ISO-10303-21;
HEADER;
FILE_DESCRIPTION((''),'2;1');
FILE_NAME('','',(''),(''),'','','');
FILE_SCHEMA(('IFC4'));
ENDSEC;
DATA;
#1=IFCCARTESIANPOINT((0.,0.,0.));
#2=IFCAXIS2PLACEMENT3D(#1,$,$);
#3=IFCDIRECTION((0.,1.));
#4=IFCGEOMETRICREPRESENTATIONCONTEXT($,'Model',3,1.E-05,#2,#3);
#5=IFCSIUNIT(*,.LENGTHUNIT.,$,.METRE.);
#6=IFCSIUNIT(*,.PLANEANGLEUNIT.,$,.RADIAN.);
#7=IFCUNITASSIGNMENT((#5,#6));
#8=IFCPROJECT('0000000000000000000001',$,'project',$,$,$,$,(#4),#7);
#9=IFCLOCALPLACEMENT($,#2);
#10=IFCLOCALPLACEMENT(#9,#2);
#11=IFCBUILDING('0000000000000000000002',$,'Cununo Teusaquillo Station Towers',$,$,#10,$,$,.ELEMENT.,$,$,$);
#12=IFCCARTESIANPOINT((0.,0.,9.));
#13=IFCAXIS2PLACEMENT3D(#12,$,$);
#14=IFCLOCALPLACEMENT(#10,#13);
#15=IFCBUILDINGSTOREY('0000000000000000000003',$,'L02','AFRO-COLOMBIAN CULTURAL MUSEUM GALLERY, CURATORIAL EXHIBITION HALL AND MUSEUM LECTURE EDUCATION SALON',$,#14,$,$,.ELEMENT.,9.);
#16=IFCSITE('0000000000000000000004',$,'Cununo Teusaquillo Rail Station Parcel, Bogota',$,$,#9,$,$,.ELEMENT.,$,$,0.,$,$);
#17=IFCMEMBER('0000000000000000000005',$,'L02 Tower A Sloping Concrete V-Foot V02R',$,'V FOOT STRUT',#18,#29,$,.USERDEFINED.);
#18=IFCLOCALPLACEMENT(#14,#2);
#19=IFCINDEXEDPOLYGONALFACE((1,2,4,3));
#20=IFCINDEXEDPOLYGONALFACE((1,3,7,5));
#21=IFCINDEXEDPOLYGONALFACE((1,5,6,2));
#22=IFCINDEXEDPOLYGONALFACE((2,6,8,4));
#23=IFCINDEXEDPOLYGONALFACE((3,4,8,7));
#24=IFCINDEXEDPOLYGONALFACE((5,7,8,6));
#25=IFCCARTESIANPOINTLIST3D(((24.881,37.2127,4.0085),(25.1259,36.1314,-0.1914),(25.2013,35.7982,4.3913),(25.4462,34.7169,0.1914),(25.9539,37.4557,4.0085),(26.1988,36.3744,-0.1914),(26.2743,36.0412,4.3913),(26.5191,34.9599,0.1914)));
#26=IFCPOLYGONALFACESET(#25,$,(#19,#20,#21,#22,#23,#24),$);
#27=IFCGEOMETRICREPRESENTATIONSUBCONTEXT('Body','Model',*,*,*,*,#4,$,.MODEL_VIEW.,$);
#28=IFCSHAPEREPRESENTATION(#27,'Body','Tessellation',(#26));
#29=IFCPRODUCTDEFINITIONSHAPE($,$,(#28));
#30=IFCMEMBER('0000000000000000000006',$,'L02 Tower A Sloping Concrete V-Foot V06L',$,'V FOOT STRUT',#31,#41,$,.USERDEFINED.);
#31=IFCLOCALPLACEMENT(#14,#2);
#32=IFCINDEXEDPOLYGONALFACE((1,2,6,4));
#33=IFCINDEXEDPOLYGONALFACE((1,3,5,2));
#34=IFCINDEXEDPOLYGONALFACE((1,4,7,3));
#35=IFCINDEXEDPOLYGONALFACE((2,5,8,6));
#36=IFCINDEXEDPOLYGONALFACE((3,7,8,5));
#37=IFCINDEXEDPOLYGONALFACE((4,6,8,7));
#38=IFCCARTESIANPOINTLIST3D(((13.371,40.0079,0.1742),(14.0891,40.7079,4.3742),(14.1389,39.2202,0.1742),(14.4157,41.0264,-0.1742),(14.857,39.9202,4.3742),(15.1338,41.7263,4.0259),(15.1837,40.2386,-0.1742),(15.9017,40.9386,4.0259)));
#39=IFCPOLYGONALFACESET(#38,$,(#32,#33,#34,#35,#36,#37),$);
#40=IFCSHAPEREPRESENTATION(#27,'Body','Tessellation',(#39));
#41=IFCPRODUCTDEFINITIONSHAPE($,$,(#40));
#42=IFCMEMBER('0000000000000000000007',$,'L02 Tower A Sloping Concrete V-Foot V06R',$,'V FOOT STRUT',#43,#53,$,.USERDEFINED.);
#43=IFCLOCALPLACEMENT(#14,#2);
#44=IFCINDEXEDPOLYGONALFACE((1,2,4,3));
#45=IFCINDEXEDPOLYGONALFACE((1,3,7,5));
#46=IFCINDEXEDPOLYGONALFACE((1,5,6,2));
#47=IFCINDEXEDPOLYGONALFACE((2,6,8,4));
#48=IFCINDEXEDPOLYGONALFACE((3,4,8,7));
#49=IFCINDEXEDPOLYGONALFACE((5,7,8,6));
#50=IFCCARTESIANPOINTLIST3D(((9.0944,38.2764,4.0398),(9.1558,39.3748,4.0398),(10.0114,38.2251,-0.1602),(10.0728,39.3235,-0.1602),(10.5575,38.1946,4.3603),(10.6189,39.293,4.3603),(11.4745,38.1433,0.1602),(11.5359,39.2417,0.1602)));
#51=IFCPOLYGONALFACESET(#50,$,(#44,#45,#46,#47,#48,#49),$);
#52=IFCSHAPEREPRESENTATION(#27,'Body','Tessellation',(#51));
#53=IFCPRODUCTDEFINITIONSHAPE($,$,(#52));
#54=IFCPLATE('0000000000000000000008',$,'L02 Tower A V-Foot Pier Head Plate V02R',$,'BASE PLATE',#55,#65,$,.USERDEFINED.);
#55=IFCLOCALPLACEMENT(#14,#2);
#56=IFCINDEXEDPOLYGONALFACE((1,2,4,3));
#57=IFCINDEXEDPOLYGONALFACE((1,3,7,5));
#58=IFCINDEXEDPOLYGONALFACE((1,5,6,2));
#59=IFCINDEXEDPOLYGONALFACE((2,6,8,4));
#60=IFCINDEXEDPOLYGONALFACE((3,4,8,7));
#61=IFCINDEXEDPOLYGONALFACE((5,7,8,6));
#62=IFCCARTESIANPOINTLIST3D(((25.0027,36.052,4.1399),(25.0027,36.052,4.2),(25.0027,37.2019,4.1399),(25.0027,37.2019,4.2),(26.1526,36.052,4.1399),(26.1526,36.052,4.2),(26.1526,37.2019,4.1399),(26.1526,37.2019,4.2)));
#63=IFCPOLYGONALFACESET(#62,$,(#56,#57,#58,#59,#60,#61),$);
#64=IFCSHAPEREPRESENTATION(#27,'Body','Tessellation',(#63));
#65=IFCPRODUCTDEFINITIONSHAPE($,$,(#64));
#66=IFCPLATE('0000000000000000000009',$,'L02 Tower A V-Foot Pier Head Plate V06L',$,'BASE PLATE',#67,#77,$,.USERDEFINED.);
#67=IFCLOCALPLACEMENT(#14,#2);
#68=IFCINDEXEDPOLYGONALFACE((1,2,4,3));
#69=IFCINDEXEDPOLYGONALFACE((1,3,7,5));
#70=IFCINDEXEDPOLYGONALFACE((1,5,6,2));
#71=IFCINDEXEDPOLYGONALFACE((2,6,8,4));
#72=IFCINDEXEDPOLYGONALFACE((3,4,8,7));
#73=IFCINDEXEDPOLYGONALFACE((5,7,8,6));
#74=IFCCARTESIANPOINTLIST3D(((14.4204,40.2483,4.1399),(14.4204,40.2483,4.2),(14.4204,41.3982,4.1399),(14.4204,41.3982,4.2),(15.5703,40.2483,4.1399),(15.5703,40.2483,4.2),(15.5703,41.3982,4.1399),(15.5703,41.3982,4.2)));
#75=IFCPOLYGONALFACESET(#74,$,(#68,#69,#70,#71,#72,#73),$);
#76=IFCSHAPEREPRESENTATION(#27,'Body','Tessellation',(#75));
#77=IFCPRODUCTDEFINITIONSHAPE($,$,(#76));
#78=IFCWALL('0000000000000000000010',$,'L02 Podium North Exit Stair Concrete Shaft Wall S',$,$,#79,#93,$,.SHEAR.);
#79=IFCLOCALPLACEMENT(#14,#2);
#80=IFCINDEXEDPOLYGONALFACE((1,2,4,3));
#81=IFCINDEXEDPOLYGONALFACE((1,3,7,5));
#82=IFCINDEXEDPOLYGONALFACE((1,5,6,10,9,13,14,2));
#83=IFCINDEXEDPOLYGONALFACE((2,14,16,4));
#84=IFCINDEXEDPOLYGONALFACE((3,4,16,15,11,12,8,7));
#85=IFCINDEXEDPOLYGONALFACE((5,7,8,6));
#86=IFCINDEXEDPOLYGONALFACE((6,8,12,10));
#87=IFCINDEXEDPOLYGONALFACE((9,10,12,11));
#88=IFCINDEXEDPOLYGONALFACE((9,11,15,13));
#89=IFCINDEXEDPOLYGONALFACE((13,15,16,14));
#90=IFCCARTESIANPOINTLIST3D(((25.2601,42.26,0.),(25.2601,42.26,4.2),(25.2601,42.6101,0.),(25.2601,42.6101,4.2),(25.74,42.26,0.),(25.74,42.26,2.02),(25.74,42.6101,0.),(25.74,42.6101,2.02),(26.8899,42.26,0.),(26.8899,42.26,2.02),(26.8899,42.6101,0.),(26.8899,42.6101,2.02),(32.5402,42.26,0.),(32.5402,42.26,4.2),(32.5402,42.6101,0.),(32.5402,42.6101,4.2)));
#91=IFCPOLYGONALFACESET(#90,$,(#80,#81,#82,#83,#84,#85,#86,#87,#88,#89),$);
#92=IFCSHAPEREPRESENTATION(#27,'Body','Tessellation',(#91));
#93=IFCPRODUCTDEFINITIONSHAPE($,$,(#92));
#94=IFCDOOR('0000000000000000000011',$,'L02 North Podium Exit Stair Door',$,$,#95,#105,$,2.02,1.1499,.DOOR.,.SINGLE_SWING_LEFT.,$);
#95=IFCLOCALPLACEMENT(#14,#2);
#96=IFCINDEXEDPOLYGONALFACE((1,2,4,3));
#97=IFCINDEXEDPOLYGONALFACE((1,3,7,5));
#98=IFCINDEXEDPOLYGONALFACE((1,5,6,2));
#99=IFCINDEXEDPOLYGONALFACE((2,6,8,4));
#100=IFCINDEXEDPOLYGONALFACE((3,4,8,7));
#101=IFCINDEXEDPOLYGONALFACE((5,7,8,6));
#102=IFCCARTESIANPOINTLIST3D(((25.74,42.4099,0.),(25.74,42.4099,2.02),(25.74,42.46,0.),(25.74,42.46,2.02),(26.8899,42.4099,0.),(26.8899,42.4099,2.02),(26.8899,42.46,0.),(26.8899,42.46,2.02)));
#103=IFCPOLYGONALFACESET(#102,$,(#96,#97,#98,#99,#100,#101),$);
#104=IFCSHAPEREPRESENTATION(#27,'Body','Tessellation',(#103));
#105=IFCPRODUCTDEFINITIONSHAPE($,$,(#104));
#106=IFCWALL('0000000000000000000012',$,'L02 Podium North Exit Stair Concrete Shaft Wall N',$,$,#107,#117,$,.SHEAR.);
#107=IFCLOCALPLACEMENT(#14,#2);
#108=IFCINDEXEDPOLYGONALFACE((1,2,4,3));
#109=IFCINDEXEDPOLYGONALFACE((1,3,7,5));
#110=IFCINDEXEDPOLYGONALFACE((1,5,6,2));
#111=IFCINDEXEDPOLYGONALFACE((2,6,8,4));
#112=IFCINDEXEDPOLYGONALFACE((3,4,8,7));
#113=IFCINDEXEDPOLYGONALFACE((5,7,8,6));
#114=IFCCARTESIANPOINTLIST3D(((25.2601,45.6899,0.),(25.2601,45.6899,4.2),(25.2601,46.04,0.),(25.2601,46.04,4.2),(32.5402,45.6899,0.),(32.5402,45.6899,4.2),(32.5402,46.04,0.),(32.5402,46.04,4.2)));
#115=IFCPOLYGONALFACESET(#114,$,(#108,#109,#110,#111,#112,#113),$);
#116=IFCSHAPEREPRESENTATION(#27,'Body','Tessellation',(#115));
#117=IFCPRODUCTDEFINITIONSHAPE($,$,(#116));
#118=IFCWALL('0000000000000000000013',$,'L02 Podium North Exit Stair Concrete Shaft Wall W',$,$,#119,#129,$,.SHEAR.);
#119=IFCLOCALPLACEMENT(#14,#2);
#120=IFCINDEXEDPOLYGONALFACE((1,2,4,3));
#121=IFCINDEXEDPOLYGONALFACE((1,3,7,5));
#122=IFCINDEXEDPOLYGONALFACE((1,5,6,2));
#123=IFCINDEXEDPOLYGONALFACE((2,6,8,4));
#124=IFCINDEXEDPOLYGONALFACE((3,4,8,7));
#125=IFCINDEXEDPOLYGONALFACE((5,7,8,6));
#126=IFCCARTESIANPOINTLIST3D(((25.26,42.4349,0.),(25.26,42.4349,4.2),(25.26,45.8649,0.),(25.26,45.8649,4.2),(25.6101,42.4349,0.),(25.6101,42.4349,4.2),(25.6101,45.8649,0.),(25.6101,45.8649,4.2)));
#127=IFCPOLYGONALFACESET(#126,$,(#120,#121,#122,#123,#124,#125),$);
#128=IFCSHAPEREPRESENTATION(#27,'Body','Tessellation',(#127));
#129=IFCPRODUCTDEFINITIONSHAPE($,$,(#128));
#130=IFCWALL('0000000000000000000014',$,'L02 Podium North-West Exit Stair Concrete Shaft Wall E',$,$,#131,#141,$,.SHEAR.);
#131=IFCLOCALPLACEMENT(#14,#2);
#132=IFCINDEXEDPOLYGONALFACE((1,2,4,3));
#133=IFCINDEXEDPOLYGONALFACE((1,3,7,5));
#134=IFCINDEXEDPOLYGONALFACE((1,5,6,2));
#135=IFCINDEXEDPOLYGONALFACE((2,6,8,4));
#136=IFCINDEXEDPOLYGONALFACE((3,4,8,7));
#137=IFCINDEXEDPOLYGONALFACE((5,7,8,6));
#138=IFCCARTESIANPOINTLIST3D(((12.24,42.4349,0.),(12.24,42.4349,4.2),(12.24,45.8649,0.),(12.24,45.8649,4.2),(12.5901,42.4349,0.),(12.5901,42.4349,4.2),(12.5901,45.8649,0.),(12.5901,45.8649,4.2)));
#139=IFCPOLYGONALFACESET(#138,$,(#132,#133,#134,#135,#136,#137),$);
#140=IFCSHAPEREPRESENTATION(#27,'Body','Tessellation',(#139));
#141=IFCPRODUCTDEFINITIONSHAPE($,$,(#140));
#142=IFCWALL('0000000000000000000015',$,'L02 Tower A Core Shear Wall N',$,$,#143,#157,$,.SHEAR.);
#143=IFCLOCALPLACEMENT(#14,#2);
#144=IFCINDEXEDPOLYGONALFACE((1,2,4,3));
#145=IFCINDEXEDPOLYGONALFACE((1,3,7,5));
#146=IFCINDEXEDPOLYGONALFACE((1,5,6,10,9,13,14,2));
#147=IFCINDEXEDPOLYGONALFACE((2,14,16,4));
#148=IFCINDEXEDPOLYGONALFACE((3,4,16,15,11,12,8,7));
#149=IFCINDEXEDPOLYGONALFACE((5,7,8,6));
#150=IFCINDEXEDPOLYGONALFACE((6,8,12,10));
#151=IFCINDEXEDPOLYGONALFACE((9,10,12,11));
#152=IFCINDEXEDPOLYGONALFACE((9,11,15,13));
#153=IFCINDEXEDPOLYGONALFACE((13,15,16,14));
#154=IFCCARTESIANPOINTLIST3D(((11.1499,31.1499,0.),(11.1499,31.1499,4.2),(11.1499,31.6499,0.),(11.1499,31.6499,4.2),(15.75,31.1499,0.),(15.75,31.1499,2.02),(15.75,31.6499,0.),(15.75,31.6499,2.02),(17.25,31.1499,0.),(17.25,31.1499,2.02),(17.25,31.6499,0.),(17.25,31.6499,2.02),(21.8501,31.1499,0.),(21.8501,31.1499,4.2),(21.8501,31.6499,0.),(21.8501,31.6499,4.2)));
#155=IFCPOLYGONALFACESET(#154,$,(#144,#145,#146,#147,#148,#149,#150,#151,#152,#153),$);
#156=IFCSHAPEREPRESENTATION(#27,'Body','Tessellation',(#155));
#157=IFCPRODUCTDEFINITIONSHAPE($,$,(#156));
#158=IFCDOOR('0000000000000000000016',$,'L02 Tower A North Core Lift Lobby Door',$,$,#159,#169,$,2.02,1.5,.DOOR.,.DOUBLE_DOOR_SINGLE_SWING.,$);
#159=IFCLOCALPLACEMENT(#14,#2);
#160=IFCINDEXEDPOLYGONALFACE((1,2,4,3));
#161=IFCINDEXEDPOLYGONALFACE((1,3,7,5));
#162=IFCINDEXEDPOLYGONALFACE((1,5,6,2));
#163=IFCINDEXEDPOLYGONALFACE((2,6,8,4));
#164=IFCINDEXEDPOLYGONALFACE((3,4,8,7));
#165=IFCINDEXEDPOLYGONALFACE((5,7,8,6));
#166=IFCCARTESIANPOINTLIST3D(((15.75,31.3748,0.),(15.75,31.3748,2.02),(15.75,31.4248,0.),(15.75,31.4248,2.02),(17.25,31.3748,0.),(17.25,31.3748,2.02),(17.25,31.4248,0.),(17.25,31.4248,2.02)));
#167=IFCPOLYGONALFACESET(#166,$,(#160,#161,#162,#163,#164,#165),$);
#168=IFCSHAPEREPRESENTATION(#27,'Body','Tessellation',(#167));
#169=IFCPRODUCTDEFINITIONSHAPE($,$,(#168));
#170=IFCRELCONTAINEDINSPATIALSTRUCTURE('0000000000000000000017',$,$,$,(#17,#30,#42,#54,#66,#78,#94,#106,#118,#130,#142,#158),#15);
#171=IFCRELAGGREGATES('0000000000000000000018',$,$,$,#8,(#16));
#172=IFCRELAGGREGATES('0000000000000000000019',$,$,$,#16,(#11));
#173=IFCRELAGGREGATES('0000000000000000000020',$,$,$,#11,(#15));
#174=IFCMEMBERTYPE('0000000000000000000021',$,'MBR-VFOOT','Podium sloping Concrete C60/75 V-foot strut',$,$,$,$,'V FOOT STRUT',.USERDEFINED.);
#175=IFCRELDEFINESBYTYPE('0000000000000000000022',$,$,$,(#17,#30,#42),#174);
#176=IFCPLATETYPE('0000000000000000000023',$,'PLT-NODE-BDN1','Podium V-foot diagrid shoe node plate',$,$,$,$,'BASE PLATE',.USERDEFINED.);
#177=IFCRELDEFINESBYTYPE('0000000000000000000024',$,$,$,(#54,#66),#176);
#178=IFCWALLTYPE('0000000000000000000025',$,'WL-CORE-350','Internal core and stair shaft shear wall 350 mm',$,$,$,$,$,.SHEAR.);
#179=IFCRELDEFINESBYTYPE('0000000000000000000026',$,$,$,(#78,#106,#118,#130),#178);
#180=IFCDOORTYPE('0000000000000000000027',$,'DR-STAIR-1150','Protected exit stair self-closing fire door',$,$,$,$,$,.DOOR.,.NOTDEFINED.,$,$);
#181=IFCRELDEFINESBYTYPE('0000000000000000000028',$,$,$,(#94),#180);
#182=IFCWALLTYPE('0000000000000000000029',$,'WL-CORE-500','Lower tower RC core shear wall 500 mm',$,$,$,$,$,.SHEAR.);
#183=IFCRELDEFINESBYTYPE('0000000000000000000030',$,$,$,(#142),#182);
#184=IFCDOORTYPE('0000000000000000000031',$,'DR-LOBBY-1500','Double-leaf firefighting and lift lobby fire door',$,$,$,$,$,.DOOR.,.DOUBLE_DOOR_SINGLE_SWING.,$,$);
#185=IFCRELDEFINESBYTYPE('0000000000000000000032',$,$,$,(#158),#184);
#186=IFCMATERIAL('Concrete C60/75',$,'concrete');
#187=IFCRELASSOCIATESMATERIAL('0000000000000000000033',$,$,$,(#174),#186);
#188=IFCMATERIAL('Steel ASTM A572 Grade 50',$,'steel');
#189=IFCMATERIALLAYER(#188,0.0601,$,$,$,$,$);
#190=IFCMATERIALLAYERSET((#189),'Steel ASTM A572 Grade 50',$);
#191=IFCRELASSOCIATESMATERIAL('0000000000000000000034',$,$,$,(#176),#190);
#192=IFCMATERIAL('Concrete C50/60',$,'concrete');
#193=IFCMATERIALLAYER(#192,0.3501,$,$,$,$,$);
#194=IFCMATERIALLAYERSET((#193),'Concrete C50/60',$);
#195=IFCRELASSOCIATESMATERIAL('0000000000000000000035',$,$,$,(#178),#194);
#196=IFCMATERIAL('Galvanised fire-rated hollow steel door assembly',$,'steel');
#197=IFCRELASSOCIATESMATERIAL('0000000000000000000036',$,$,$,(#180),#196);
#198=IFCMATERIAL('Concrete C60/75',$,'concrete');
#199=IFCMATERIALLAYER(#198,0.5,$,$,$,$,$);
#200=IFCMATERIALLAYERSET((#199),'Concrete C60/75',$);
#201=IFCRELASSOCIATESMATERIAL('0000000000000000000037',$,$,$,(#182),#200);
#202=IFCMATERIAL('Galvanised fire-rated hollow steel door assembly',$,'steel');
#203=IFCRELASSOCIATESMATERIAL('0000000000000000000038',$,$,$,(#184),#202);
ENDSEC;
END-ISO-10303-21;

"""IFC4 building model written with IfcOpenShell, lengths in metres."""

from ifc_helpers import new_model, si_unit, direction, frame, frame_2d, origin, origin_2d, place, context, subcontext, project, spatial, rectangle, extrude, source, transform, mapped, material, layer, layer_set, material_profile, profile_set, type_object, element, fill, save


model = new_model("IFC4")

# Units and contexts
model_context = context("Model", 3, precision=1e-05, world=origin(), true_north=direction((0.0, 1.0)))
body_context = subcontext(model_context, "Body", "Model", "MODEL_VIEW")
ifc_project = project(units=[si_unit("LENGTHUNIT", "METRE"), si_unit("PLANEANGLEUNIT", "RADIAN")], contexts=[model_context])

# Site, building, storey
site_placement = place(None, origin())
site = spatial("IfcSite", under=ifc_project, at=site_placement, Name="Cununo Teusaquillo Rail Station Parcel, Bogota", CompositionType="ELEMENT", RefElevation=0.0)
building_placement = place(site_placement, origin())
building = spatial("IfcBuilding", under=site, at=building_placement, Name="Cununo Teusaquillo Station Towers", CompositionType="ELEMENT")
storey_placement = place(building_placement, frame((0.0, 0.0, 9.0)))
storey = spatial("IfcBuildingStorey", under=building, at=storey_placement, Name="L02", Description="AFRO-COLOMBIAN CULTURAL MUSEUM GALLERY, CURATORIAL EXHIBITION HALL AND MUSEUM LECTURE EDUCATION SALON", CompositionType="ELEMENT", Elevation=9.0)

# Members
ifc_material_1 = material(Name="Concrete C60/75", Category="concrete")
ifc_material_profile_1 = material_profile(ifc_material_1, rectangle(XDim=1.1001, YDim=1.5, at=origin_2d()), Name="RC-RECT-1500x1100")
ifc_profile_set_1 = profile_set([ifc_material_profile_1], Name="Concrete C60/75")
member_type = type_object("IfcMemberType", Name="MBR-VFOOT", Description="Podium sloping Concrete C60/75 V-foot strut", ElementType="V FOOT STRUT", PredefinedType="USERDEFINED", material=ifc_profile_set_1)
member_1_placement = place(storey_placement, frame((25.8225, 35.5457, 0.0), z_axis=(-0.056373, 0.248928, 0.96688), x_axis=(-0.975303, -0.220869, 0.0)))
element("IfcMember", 1, at=member_1_placement, inside=storey, type_object=member_type, Name="L02 Tower A Sloping Concrete V-Foot V02R", ObjectType="V FOOT STRUT", PredefinedType="USERDEFINED", context=body_context, shape_type="SweptSolid", body=[
    extrude(rectangle(XDim=1.1001, YDim=1.5, at=origin_2d()), origin(), (0.0, 0.0, 1.0), 4.3438),
])
member_2_placement = place(storey_placement, frame((14.2773, 40.1233, 0.0), z_axis=(0.166285, 0.162101, 0.972663), x_axis=(-0.698041, 0.716058, 0.0)))
element("IfcMember", 2, at=member_2_placement, inside=storey, type_object=member_type, Name="L02 Tower A Sloping Concrete V-Foot V06L", ObjectType="V FOOT STRUT", PredefinedType="USERDEFINED", context=body_context, shape_type="SweptSolid", body=[
    extrude(rectangle(XDim=1.1001, YDim=1.5, at=origin_2d()), origin(), (0.0, 0.0, 1.0), 4.3181),
])
member_3_placement = place(storey_placement, frame((10.7737, 38.7334, 0.0), z_axis=(-0.213294, 0.011925, 0.976915), x_axis=(-0.055823, -0.998441, 0.0)))
element("IfcMember", 3, at=member_3_placement, inside=storey, type_object=member_type, Name="L02 Tower A Sloping Concrete V-Foot V06R", ObjectType="V FOOT STRUT", PredefinedType="USERDEFINED", context=body_context, shape_type="SweptSolid", body=[
    extrude(rectangle(XDim=1.1001, YDim=1.5, at=origin_2d()), origin(), (0.0, 0.0, 1.0), 4.2993),
])

# Plates
ifc_material_2 = material(Name="Steel ASTM A572 Grade 50", Category="steel")
ifc_layer_1 = layer(ifc_material_2, 0.0601)
ifc_layer_set_1 = layer_set([ifc_layer_1], Name="Steel ASTM A572 Grade 50")
plate_type = type_object("IfcPlateType", Name="PLT-NODE-BDN1", Description="Podium V-foot diagrid shoe node plate", ElementType="BASE PLATE", PredefinedType="USERDEFINED", material=ifc_layer_set_1)
shared_shape_1 = source(origin(), body_context, "Body", "SweptSolid", [
    extrude(rectangle(XDim=1.1499, YDim=1.1499, at=origin_2d()), origin(), (0.0, 0.0, 1.0), 0.0601),
])
for number, where, z_axis, x_axis, name in (
    (4, (25.5776, 36.627, 4.1399), (0.0, 0.0, 1.0), (1.0, 0.0, 0.0), "L02 Tower A V-Foot Pier Head Plate V02R"),
    (5, (14.9954, 40.8232, 4.1399), (0.0, 0.0, 1.0), (1.0, 0.0, 0.0), "L02 Tower A V-Foot Pier Head Plate V06L"),
):
    element("IfcPlate", number, at=place(storey_placement, frame(where, z_axis=z_axis, x_axis=x_axis)), inside=storey, type_object=plate_type, Name=name, ObjectType="BASE PLATE", PredefinedType="USERDEFINED", context=body_context, shape_type="MappedRepresentation", body=[
        mapped(shared_shape_1, transform((0.0, 0.0, 0.0), x_axis=(1.0, 0.0, 0.0), y_axis=(0.0, 1.0, 0.0), z_axis=(0.0, 0.0, 1.0), scale=1.0)),
    ])

# Wall, opening, door
ifc_material_3 = material(Name="Concrete C50/60", Category="concrete")
ifc_layer_2 = layer(ifc_material_3, 0.3501)
ifc_layer_set_2 = layer_set([ifc_layer_2], Name="Concrete C50/60")
wall_type_1 = type_object("IfcWallType", Name="WL-CORE-350", Description="Internal core and stair shaft shear wall 350 mm", PredefinedType="SHEAR", material=ifc_layer_set_2)
wall_1_placement = place(storey_placement, frame((25.26, 42.4351, 0.0), z_axis=(0.0, 0.0, 1.0), x_axis=(1.0, 0.0, 0.0)))
wall_1 = element("IfcWall", 6, at=wall_1_placement, inside=storey, type_object=wall_type_1, Name="L02 Podium North Exit Stair Concrete Shaft Wall S", PredefinedType="SHEAR", context=body_context, shape_type="SweptSolid", body=[
    extrude(rectangle(XDim=7.28, YDim=0.3501, at=frame_2d((3.6401, 0.0))), origin(), (0.0, 0.0, 1.0), 4.2),
])
shared_shape_2 = source(origin(), body_context, "Body", "SweptSolid", [
    extrude(rectangle(XDim=1.1499, YDim=2.02, at=frame_2d((0.575, 1.01))), frame((0.0, 0.1851, 0.0), z_axis=(0.0, -1.0, 0.0), x_axis=(1.0, 0.0, 0.0)), (0.0, 0.0, 1.0), 0.3701),
])
opening_1_placement = place(wall_1_placement, frame((0.48, 0.0, 0.0)))
opening_1 = element("IfcOpeningElement", 7, at=opening_1_placement, cuts=wall_1, PredefinedType="OPENING", context=body_context, shape_type="MappedRepresentation", body=[
    mapped(shared_shape_2, transform((0.0, 0.0, 0.0), x_axis=(1.0, 0.0, 0.0), y_axis=(0.0, 1.0, 0.0), z_axis=(0.0, 0.0, 1.0), scale=1.0)),
])
ifc_material_4 = material(Name="Galvanised fire-rated hollow steel door assembly", Category="steel")
door_type_1 = type_object("IfcDoorType", Name="DR-STAIR-1150", Description="Protected exit stair self-closing fire door", OperationType="NOTDEFINED", PredefinedType="DOOR", material=ifc_material_4)
shared_shape_3 = source(origin(), body_context, "Body", "SweptSolid", [
    extrude(rectangle(XDim=1.1499, YDim=2.02, at=frame_2d((0.575, 1.01))), frame((0.0, 0.0249, 0.0), z_axis=(0.0, -1.0, 0.0), x_axis=(1.0, 0.0, 0.0)), (0.0, 0.0, 1.0), 0.05),
])
door_1_placement = place(opening_1_placement, origin())
door_1 = element("IfcDoor", 8, at=door_1_placement, inside=storey, type_object=door_type_1, Name="L02 North Podium Exit Stair Door", OperationType="SINGLE_SWING_LEFT", OverallHeight=2.02, OverallWidth=1.1499, PredefinedType="DOOR", context=body_context, shape_type="MappedRepresentation", body=[
    mapped(shared_shape_3, transform((0.0, 0.0, 0.0), x_axis=(1.0, 0.0, 0.0), y_axis=(0.0, 1.0, 0.0), z_axis=(0.0, 0.0, 1.0), scale=1.0)),
])
fill(opening_1, door_1)

# Walls
wall_2_placement = place(storey_placement, frame((25.26, 45.865, 0.0), z_axis=(0.0, 0.0, 1.0), x_axis=(1.0, 0.0, 0.0)))
element("IfcWall", 9, at=wall_2_placement, inside=storey, type_object=wall_type_1, Name="L02 Podium North Exit Stair Concrete Shaft Wall N", PredefinedType="SHEAR", context=body_context, shape_type="SweptSolid", body=[
    extrude(rectangle(XDim=7.28, YDim=0.3501, at=frame_2d((3.6401, 0.0))), origin(), (0.0, 0.0, 1.0), 4.2),
])
for number, where, z_axis, x_axis, name in (
    (10, (25.4351, 42.4351, 0.0), (0.0, 0.0, 1.0), (0.0, 1.0, 0.0), "L02 Podium North Exit Stair Concrete Shaft Wall W"),
    (11, (12.415, 42.4351, 0.0), (0.0, 0.0, 1.0), (0.0, 1.0, 0.0), "L02 Podium North-West Exit Stair Concrete Shaft Wall E"),
):
    element("IfcWall", number, at=place(storey_placement, frame(where, z_axis=z_axis, x_axis=x_axis)), inside=storey, type_object=wall_type_1, Name=name, PredefinedType="SHEAR", context=body_context, shape_type="SweptSolid", body=[
        extrude(rectangle(XDim=3.4299, YDim=0.3501, at=frame_2d((1.7148, 0.0))), origin(), (0.0, 0.0, 1.0), 4.2),
    ])

# Wall, opening, door
ifc_material_5 = material(Name="Concrete C60/75", Category="concrete")
ifc_layer_3 = layer(ifc_material_5, 0.5)
ifc_layer_set_3 = layer_set([ifc_layer_3], Name="Concrete C60/75")
wall_type_2 = type_object("IfcWallType", Name="WL-CORE-500", Description="Lower tower RC core shear wall 500 mm", PredefinedType="SHEAR", material=ifc_layer_set_3)
wall_3_placement = place(storey_placement, frame((11.1499, 31.3999, 0.0), z_axis=(0.0, 0.0, 1.0), x_axis=(1.0, 0.0, 0.0)))
wall_3 = element("IfcWall", 12, at=wall_3_placement, inside=storey, type_object=wall_type_2, Name="L02 Tower A Core Shear Wall N", PredefinedType="SHEAR", context=body_context, shape_type="SweptSolid", body=[
    extrude(rectangle(XDim=10.7002, YDim=0.5, at=frame_2d((5.3501, 0.0))), origin(), (0.0, 0.0, 1.0), 4.2),
])
shared_shape_4 = source(origin(), body_context, "Body", "SweptSolid", [
    extrude(rectangle(XDim=1.5, YDim=2.02, at=frame_2d((0.75, 1.01))), frame((0.0, 0.26, 0.0), z_axis=(0.0, -1.0, 0.0), x_axis=(1.0, 0.0, 0.0)), (0.0, 0.0, 1.0), 0.52),
])
opening_2_placement = place(wall_3_placement, frame((4.6001, 0.0, 0.0)))
opening_2 = element("IfcOpeningElement", 13, at=opening_2_placement, cuts=wall_3, PredefinedType="OPENING", context=body_context, shape_type="MappedRepresentation", body=[
    mapped(shared_shape_4, transform((0.0, 0.0, 0.0), x_axis=(1.0, 0.0, 0.0), y_axis=(0.0, 1.0, 0.0), z_axis=(0.0, 0.0, 1.0), scale=1.0)),
])
ifc_material_6 = material(Name="Galvanised fire-rated hollow steel door assembly", Category="steel")
door_type_2 = type_object("IfcDoorType", Name="DR-LOBBY-1500", Description="Double-leaf firefighting and lift lobby fire door", OperationType="DOUBLE_DOOR_SINGLE_SWING", PredefinedType="DOOR", material=ifc_material_6)
shared_shape_5 = source(origin(), body_context, "Body", "SweptSolid", [
    extrude(rectangle(XDim=1.5, YDim=2.02, at=frame_2d((0.75, 1.01))), frame((0.0, 0.0249, 0.0), z_axis=(0.0, -1.0, 0.0), x_axis=(1.0, 0.0, 0.0)), (0.0, 0.0, 1.0), 0.05),
])
door_2_placement = place(opening_2_placement, origin())
door_2 = element("IfcDoor", 14, at=door_2_placement, inside=storey, type_object=door_type_2, Name="L02 Tower A North Core Lift Lobby Door", OperationType="DOUBLE_DOOR_SINGLE_SWING", OverallHeight=2.02, OverallWidth=1.5, PredefinedType="DOOR", context=body_context, shape_type="MappedRepresentation", body=[
    mapped(shared_shape_5, transform((0.0, 0.0, 0.0), x_axis=(1.0, 0.0, 0.0), y_axis=(0.0, 1.0, 0.0), z_axis=(0.0, 0.0, 1.0), scale=1.0)),
])
fill(opening_2, door_2)

save(model, "model.ifc")
